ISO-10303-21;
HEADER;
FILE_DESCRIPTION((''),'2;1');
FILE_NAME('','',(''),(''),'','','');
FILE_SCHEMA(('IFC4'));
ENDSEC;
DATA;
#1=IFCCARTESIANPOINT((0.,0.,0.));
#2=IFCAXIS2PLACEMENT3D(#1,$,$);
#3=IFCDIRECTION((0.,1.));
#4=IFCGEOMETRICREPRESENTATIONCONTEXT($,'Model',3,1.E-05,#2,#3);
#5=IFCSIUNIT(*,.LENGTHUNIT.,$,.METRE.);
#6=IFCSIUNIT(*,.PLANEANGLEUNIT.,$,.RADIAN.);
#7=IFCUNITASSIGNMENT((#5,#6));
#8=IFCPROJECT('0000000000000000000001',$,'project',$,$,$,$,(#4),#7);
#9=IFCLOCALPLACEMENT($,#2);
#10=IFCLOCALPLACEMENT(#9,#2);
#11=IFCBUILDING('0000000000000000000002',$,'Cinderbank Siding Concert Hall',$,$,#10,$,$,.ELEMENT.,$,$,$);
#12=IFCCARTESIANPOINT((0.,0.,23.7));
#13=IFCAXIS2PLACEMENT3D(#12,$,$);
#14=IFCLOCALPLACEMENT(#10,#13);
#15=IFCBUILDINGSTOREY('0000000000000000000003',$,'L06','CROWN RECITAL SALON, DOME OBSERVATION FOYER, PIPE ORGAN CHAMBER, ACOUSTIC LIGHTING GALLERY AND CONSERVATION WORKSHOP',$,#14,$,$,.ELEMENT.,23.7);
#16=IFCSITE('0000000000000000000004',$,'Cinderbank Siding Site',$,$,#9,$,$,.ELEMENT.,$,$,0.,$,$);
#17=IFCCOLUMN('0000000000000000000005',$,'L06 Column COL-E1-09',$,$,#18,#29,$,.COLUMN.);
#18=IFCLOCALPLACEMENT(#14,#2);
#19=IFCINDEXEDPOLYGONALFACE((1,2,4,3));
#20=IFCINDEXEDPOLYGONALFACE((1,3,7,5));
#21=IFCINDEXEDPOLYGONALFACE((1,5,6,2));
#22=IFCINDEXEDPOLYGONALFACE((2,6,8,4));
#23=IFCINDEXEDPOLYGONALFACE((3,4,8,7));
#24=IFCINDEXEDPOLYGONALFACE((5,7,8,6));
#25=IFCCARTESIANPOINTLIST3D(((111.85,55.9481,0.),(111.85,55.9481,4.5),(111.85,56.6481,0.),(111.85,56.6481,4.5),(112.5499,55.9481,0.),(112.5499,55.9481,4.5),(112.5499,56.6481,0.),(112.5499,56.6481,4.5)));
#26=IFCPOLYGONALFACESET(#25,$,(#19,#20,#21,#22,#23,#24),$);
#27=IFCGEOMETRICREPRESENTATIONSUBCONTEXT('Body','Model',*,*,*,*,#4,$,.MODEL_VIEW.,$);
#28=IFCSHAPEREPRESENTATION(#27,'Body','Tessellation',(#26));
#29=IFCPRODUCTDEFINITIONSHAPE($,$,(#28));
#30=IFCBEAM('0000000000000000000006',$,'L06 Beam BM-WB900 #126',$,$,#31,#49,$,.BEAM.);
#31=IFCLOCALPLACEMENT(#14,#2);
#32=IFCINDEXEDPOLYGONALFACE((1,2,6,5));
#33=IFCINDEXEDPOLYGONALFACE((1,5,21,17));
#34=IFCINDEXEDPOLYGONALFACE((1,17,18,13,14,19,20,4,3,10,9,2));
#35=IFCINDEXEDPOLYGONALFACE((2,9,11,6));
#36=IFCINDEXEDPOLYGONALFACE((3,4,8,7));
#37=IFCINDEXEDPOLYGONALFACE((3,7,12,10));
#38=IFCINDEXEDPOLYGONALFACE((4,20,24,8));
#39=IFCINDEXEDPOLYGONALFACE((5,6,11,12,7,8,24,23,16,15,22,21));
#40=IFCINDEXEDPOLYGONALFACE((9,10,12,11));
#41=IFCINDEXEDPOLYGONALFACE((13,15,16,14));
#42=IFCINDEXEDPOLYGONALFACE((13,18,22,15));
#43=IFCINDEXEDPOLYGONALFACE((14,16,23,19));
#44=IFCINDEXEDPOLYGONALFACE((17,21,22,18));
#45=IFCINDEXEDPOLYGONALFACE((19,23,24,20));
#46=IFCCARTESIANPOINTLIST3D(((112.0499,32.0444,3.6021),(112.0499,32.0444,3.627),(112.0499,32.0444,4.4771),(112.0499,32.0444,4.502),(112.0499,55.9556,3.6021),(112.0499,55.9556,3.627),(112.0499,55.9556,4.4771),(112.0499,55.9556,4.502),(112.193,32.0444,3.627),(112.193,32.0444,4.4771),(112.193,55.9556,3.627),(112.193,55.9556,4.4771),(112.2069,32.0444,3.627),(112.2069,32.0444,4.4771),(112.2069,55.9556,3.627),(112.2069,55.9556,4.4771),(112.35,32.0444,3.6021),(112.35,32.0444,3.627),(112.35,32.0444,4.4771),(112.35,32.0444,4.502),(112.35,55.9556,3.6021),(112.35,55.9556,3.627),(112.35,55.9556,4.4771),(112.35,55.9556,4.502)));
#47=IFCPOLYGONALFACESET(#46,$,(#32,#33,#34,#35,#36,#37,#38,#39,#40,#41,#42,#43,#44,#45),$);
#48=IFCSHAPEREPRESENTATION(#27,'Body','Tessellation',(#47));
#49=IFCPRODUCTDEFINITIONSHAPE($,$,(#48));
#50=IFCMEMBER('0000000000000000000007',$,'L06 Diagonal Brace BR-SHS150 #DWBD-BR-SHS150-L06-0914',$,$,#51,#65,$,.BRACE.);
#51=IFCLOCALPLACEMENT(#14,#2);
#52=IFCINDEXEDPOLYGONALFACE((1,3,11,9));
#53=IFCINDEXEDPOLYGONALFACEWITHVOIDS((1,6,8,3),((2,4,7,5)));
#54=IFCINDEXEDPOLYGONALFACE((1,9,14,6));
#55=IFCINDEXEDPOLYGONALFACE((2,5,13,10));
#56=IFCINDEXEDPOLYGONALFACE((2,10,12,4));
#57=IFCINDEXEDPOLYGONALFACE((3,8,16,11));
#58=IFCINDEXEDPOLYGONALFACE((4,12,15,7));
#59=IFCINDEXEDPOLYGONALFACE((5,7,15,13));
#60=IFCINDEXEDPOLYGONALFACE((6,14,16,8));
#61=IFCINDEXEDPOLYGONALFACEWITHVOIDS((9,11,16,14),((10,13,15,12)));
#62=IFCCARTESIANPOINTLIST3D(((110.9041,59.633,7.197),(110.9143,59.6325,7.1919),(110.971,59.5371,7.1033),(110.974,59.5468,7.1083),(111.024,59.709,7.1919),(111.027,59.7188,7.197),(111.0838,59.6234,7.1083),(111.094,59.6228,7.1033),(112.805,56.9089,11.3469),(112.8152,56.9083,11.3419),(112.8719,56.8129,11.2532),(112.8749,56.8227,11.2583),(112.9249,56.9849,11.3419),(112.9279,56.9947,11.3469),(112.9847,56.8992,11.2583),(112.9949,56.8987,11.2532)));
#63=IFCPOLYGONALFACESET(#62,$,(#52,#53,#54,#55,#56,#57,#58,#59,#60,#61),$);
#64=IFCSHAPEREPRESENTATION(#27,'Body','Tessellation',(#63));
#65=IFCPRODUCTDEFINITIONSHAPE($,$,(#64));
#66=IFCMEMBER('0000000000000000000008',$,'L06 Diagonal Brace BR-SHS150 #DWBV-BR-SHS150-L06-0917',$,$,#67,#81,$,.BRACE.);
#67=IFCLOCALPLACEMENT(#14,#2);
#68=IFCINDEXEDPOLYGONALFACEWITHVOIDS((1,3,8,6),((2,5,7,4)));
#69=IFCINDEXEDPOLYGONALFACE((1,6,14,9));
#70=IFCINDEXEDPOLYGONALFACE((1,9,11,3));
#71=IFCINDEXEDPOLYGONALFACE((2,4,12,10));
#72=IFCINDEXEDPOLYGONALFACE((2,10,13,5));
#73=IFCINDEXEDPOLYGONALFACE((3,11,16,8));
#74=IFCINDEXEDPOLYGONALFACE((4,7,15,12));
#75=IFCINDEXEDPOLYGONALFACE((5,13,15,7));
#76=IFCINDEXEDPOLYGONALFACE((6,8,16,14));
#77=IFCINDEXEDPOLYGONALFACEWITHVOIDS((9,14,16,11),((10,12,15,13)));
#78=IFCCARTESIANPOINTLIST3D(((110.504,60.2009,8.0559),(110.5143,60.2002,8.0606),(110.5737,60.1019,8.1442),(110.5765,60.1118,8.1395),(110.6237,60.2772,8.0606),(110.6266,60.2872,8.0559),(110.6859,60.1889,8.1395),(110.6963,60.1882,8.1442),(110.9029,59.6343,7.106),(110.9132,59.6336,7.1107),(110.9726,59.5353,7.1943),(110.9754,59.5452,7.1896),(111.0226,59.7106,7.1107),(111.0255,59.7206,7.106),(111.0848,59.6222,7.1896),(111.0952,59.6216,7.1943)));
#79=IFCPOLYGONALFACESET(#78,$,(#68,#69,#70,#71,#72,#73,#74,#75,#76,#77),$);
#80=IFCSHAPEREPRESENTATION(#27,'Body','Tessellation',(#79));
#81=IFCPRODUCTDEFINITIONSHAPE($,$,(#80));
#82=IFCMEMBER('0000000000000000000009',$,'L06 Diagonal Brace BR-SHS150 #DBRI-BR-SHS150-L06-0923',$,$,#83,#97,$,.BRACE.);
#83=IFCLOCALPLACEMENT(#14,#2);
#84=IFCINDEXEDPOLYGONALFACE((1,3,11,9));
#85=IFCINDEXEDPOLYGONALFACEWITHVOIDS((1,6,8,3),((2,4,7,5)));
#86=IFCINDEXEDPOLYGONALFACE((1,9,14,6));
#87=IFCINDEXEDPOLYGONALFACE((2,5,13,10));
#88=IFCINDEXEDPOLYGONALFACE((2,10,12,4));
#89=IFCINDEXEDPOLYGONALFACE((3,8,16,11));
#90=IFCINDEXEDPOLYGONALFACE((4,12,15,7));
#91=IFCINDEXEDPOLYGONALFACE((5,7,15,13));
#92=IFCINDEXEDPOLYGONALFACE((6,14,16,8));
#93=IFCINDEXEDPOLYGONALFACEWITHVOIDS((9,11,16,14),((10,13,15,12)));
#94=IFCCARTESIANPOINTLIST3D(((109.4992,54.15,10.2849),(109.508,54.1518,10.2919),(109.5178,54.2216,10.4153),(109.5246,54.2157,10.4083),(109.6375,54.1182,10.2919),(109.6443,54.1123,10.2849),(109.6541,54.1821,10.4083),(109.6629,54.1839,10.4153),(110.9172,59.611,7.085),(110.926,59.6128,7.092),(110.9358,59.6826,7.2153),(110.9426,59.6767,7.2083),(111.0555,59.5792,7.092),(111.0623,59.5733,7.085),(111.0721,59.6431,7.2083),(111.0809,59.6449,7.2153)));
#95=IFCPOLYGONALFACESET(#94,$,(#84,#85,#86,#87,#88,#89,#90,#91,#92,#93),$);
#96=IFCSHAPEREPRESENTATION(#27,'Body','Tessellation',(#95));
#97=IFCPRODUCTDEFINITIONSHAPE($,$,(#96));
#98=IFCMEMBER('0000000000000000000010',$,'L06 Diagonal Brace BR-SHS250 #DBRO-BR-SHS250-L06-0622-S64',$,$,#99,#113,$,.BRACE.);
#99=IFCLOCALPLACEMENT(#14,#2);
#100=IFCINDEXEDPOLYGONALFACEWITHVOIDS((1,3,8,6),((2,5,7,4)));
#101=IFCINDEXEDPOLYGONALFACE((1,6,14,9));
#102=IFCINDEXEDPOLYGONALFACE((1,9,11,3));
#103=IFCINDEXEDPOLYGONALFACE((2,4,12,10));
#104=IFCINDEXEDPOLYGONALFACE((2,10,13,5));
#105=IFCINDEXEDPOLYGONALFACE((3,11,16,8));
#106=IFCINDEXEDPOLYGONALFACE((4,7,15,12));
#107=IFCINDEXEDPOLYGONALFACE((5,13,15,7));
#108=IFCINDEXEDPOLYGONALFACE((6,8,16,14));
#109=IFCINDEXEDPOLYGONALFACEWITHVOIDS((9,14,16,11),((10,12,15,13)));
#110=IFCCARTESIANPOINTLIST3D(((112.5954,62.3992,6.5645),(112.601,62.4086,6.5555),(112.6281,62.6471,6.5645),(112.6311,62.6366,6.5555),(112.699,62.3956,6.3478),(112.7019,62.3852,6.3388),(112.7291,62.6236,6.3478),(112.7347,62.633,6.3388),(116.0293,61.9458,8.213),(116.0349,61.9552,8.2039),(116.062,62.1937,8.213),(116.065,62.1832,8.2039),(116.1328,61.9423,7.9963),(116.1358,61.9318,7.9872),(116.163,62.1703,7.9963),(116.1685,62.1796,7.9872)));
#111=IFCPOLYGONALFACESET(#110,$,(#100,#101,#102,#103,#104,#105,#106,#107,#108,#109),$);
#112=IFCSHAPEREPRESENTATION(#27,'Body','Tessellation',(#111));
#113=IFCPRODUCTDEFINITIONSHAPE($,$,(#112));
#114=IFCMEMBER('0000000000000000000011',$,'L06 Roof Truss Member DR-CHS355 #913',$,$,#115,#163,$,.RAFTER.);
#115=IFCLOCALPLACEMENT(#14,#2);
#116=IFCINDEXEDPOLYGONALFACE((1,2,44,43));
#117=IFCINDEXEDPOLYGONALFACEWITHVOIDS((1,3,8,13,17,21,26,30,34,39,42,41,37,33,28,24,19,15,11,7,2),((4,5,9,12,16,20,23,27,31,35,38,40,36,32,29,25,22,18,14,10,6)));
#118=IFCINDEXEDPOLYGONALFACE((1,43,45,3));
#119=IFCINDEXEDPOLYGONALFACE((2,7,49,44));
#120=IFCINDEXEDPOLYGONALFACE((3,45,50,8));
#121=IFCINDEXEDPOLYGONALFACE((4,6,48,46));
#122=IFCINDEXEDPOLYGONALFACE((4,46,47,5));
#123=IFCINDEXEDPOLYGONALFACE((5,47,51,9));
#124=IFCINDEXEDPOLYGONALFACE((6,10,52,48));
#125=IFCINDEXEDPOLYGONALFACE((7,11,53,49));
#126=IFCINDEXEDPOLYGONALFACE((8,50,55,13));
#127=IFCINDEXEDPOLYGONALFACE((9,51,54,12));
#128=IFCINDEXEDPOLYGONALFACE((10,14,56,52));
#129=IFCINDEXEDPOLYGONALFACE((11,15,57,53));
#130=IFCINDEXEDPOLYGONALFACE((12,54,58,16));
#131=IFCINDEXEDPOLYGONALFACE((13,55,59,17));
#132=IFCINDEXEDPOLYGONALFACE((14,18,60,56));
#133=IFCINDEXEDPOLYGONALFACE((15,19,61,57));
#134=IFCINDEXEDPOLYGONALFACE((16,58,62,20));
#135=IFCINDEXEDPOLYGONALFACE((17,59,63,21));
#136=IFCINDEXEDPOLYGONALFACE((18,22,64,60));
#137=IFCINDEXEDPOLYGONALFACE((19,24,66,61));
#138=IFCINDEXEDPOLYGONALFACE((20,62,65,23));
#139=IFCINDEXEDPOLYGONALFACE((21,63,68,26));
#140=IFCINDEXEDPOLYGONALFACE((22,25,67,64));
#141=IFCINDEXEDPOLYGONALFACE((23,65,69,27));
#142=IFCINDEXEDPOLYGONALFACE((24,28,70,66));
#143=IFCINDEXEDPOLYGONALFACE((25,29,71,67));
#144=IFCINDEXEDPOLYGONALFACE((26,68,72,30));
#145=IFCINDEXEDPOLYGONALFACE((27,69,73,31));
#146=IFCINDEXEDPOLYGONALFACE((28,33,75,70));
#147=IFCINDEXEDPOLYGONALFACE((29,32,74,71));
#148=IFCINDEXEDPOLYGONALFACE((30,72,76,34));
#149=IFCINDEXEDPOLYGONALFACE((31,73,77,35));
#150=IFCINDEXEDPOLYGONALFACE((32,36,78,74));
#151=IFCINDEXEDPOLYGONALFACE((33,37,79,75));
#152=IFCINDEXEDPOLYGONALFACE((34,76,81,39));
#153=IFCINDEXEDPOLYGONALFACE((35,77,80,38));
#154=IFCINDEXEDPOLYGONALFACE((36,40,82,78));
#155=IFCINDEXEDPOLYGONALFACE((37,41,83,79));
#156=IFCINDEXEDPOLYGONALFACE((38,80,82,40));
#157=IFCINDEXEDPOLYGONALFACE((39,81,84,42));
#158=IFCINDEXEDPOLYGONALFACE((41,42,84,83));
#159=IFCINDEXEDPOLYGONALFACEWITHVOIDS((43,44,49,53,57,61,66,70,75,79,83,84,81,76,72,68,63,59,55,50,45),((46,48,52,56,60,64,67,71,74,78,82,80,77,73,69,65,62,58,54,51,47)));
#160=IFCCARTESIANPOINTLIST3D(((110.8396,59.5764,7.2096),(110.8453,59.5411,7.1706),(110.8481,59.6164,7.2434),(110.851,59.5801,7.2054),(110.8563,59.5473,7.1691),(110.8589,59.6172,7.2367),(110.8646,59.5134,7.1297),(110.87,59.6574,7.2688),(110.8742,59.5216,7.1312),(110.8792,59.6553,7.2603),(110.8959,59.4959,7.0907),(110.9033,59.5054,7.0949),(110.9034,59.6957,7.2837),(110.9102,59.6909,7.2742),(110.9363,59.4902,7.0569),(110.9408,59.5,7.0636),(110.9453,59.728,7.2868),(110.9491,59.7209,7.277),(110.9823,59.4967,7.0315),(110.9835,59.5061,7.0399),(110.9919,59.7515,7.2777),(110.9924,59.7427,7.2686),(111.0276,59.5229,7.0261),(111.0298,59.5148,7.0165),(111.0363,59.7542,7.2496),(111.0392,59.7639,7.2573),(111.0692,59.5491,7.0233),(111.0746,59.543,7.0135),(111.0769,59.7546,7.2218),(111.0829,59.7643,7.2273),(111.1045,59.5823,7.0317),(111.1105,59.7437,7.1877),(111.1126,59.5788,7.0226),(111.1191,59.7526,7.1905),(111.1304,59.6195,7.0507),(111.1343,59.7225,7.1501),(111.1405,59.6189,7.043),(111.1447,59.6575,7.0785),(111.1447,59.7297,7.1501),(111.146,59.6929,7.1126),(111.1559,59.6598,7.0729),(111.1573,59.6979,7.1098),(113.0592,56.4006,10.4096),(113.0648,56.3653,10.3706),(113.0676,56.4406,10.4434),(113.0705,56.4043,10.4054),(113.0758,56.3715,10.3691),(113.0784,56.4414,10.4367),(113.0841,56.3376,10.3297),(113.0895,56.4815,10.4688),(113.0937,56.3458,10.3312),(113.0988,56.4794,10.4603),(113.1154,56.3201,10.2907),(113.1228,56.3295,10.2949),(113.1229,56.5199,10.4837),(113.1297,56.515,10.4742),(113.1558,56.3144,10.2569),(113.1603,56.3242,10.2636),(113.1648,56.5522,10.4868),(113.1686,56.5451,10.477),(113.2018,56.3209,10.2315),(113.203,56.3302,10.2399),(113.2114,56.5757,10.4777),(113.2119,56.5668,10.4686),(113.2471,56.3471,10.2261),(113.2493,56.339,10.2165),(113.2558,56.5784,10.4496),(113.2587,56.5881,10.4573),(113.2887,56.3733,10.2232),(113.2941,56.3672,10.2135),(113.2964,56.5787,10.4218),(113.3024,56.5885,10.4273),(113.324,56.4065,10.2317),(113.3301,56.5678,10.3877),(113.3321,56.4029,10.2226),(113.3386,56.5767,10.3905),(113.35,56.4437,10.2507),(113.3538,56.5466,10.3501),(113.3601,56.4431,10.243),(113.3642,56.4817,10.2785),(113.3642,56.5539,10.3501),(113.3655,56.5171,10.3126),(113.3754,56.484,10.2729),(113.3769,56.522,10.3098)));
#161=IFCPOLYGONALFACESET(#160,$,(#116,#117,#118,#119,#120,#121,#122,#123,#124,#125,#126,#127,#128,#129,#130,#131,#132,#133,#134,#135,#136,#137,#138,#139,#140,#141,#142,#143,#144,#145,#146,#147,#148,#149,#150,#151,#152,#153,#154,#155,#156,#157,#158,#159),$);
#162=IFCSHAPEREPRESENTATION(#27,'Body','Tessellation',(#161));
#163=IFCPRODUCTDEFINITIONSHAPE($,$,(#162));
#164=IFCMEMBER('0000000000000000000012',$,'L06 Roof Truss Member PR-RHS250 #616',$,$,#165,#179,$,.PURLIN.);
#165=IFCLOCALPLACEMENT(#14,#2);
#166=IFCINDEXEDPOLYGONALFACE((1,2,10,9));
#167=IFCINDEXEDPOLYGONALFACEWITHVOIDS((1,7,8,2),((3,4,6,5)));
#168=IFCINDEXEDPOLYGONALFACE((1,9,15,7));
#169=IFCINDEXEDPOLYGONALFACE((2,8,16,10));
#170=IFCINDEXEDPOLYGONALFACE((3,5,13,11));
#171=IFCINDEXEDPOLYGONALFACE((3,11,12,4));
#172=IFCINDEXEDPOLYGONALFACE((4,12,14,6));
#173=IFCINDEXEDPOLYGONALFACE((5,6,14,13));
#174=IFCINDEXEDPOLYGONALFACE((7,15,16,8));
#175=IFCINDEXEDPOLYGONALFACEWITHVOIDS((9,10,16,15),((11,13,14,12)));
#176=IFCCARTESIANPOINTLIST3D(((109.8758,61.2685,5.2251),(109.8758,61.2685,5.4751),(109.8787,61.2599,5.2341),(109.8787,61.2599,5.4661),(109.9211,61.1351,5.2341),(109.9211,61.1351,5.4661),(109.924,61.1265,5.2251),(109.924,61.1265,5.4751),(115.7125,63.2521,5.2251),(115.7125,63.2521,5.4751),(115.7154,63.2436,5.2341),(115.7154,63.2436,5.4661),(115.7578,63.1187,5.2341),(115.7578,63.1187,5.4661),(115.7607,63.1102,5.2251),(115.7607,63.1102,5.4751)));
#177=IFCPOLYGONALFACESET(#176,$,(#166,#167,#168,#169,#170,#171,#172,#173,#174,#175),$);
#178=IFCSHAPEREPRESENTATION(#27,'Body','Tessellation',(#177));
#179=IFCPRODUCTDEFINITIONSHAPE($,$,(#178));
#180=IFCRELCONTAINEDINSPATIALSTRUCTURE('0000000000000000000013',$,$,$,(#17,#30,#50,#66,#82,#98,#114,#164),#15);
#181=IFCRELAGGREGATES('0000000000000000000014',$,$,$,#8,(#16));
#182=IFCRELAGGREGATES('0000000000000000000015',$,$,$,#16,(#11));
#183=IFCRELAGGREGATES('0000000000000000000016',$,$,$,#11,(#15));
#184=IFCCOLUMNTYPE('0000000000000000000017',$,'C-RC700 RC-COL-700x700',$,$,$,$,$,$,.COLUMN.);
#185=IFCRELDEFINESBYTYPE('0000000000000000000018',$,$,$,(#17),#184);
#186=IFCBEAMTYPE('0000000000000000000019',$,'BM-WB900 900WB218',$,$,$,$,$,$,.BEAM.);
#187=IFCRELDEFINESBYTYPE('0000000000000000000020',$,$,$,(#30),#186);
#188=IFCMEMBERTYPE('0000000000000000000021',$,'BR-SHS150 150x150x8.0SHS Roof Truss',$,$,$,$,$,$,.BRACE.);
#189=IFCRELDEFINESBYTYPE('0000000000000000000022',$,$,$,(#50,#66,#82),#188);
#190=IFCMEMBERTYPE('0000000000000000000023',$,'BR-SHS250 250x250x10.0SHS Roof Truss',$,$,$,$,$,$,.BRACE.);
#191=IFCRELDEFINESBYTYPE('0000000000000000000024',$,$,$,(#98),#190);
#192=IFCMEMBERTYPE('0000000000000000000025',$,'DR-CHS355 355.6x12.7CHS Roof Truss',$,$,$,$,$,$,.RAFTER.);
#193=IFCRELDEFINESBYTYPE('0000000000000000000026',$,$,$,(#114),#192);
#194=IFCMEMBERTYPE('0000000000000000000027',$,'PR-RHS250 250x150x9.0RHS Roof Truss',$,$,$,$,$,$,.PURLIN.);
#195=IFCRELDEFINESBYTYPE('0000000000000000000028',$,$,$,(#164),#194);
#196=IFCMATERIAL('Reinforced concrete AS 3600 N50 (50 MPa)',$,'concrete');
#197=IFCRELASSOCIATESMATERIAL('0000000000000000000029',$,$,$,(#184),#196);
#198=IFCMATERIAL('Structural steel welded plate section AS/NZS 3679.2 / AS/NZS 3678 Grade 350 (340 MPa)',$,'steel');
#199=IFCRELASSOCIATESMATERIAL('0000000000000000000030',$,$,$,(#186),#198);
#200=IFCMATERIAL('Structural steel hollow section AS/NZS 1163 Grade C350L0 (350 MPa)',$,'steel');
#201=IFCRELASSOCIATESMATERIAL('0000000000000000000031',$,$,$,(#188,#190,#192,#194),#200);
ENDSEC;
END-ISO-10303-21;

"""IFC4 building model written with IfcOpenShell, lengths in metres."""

from ifc_helpers import new_model, si_unit, direction, frame, origin, origin_2d, place, context, subcontext, project, spatial, rectangle, hollow_rectangle, hollow_circle, i_section, extrude, material, material_profile, profile_set, type_object, element, save


model = new_model("IFC4")

# Units and contexts
model_context = context("Model", 3, precision=1e-05, world=origin(), true_north=direction((0.0, 1.0)))
body_context = subcontext(model_context, "Body", "Model", "MODEL_VIEW")
ifc_project = project(units=[si_unit("LENGTHUNIT", "METRE"), si_unit("PLANEANGLEUNIT", "RADIAN")], contexts=[model_context])

# Site, building, storey
site_placement = place(None, origin())
site = spatial("IfcSite", under=ifc_project, at=site_placement, Name="Cinderbank Siding Site", CompositionType="ELEMENT", RefElevation=0.0)
building_placement = place(site_placement, origin())
building = spatial("IfcBuilding", under=site, at=building_placement, Name="Cinderbank Siding Concert Hall", CompositionType="ELEMENT")
storey_placement = place(building_placement, frame((0.0, 0.0, 23.7)))
storey = spatial("IfcBuildingStorey", under=building, at=storey_placement, Name="L06", Description="CROWN RECITAL SALON, DOME OBSERVATION FOYER, PIPE ORGAN CHAMBER, ACOUSTIC LIGHTING GALLERY AND CONSERVATION WORKSHOP", CompositionType="ELEMENT", Elevation=23.7)

# Column
ifc_material_1 = material(Name="Reinforced concrete AS 3600 N50 (50 MPa)", Category="concrete")
ifc_material_profile_1 = material_profile(ifc_material_1, rectangle(XDim=0.7, YDim=0.7, at=origin_2d()), Name="RC-COL-700x700", Category="LoadBearing")
ifc_profile_set_1 = profile_set([ifc_material_profile_1], Name="Reinforced concrete AS 3600 N50 (50 MPa)")
column_type = type_object("IfcColumnType", Name="C-RC700 RC-COL-700x700", PredefinedType="COLUMN", material=ifc_profile_set_1)
column_placement = place(storey_placement, frame((112.2, 56.2981, 0.0), z_axis=(0.0, 0.0, 1.0), x_axis=(1.0, 0.0, 0.0)))
element("IfcColumn", 1, at=column_placement, inside=storey, type_object=column_type, Name="L06 Column COL-E1-09", PredefinedType="COLUMN", context=body_context, shape_type="SweptSolid", body=[
    extrude(rectangle(XDim=0.7, YDim=0.7, at=origin_2d()), origin(), (0.0, 0.0, 1.0), 4.5),
])

# Beam
ifc_material_2 = material(Name="Structural steel welded plate section AS/NZS 3679.2 / AS/NZS 3678 Grade 350 (340 MPa)", Category="steel")
ifc_material_profile_2 = material_profile(ifc_material_2, i_section(OverallWidth=0.3, OverallDepth=0.8999, WebThickness=0.0139, FlangeThickness=0.0249, at=origin_2d()), Name="900WB218", Category="LoadBearing")
ifc_profile_set_2 = profile_set([ifc_material_profile_2], Name="Structural steel welded plate section AS/NZS 3679.2 / AS/NZS 3678 Grade 350 (340 MPa)")
beam_type = type_object("IfcBeamType", Name="BM-WB900 900WB218", PredefinedType="BEAM", material=ifc_profile_set_2)
beam_placement = place(storey_placement, frame((112.2, 55.9556, 4.052), z_axis=(0.0, -1.0, 0.0), x_axis=(1.0, 0.0, 0.0)))
element("IfcBeam", 2, at=beam_placement, inside=storey, type_object=beam_type, Name="L06 Beam BM-WB900 #126", PredefinedType="BEAM", context=body_context, shape_type="SweptSolid", body=[
    extrude(i_section(OverallWidth=0.3, OverallDepth=0.8999, WebThickness=0.0139, FlangeThickness=0.0249, at=origin_2d()), origin(), (0.0, 0.0, 1.0), 23.9111),
])

# Members
ifc_material_3 = material(Name="Structural steel hollow section AS/NZS 1163 Grade C350L0 (350 MPa)", Category="steel")
ifc_material_profile_3 = material_profile(ifc_material_3, hollow_rectangle(XDim=0.1499, YDim=0.1499, WallThickness=0.0081, at=origin_2d()), Name="150x150x8.0SHS", Category="LoadBearing")
ifc_profile_set_3 = profile_set([ifc_material_profile_3], Name="Structural steel hollow section AS/NZS 1163 Grade C350L0 (350 MPa)")
member_type_1 = type_object("IfcMemberType", Name="BR-SHS150 150x150x8.0SHS Roof Truss", PredefinedType="BRACE", material=ifc_profile_set_3)
member_1_placement = place(storey_placement, frame((110.999, 59.6279, 7.1501), z_axis=(0.357602, -0.512474, 0.780699), x_axis=(0.82008, 0.572248, 0.0)))
element("IfcMember", 3, at=member_1_placement, inside=storey, type_object=member_type_1, Name="L06 Diagonal Brace BR-SHS150 #DWBD-BR-SHS150-L06-0914", PredefinedType="BRACE", context=body_context, shape_type="SweptSolid", body=[
    extrude(hollow_rectangle(XDim=0.1499, YDim=0.1499, WallThickness=0.0081, at=origin_2d()), origin(), (0.0, 0.0, 1.0), 5.3157),
])
member_2_placement = place(storey_placement, frame((110.999, 59.6279, 7.1501), z_axis=(-0.339264, 0.481904, 0.807879), x_axis=(-0.81769, -0.575659, 0.0)))
element("IfcMember", 4, at=member_2_placement, inside=storey, type_object=member_type_1, Name="L06 Diagonal Brace BR-SHS150 #DWBV-BR-SHS150-L06-0917", PredefinedType="BRACE", context=body_context, shape_type="SweptSolid", body=[
    extrude(hollow_rectangle(XDim=0.1499, YDim=0.1499, WallThickness=0.0081, at=origin_2d()), origin(), (0.0, 0.0, 1.0), 1.1758),
])
member_3_placement = place(storey_placement, frame((110.999, 59.6279, 7.1501), z_axis=(-0.21861, -0.841918, 0.49334), x_axis=(0.967903, -0.251323, 0.0)))
element("IfcMember", 5, at=member_3_placement, inside=storey, type_object=member_type_1, Name="L06 Diagonal Brace BR-SHS150 #DBRI-BR-SHS150-L06-0923", PredefinedType="BRACE", context=body_context, shape_type="SweptSolid", body=[
    extrude(hollow_rectangle(XDim=0.1499, YDim=0.1499, WallThickness=0.0081, at=origin_2d()), origin(), (0.0, 0.0, 1.0), 6.4863),
])
ifc_material_profile_4 = material_profile(ifc_material_3, hollow_rectangle(XDim=0.25, YDim=0.25, WallThickness=0.01, at=origin_2d()), Name="250x250x10.0SHS", Category="LoadBearing")
ifc_profile_set_4 = profile_set([ifc_material_profile_4], Name="Structural steel hollow section AS/NZS 1163 Grade C350L0 (350 MPa)")
member_type_2 = type_object("IfcMemberType", Name="BR-SHS250 250x250x10.0SHS Roof Truss", PredefinedType="BRACE", material=ifc_profile_set_4)
member_4_placement = place(storey_placement, frame((112.665, 62.5161, 6.4517), z_axis=(0.895184, -0.118191, 0.429739), x_axis=(0.130894, 0.991396, 0.0)))
element("IfcMember", 6, at=member_4_placement, inside=storey, type_object=member_type_2, Name="L06 Diagonal Brace BR-SHS250 #DBRO-BR-SHS250-L06-0622-S64", PredefinedType="BRACE", context=body_context, shape_type="SweptSolid", body=[
    extrude(hollow_rectangle(XDim=0.25, YDim=0.25, WallThickness=0.01, at=origin_2d()), origin(), (0.0, 0.0, 1.0), 3.8359),
])
ifc_material_profile_5 = material_profile(ifc_material_3, hollow_circle(Radius=0.1777, WallThickness=0.0127, at=origin_2d()), Name="355.6x12.7CHS", Category="LoadBearing")
ifc_profile_set_5 = profile_set([ifc_material_profile_5], Name="Structural steel hollow section AS/NZS 1163 Grade C350L0 (350 MPa)")
member_type_3 = type_object("IfcMemberType", Name="DR-CHS355 355.6x12.7CHS Roof Truss", PredefinedType="RAFTER", material=ifc_profile_set_5)
member_5_placement = place(storey_placement, frame((110.999, 59.6279, 7.1501), z_axis=(0.441681, -0.631987, 0.636797), x_axis=(0.819664, 0.572845, 0.0)))
element("IfcMember", 7, at=member_5_placement, inside=storey, type_object=member_type_3, Name="L06 Roof Truss Member DR-CHS355 #913", PredefinedType="RAFTER", context=body_context, shape_type="SweptSolid", body=[
    extrude(hollow_circle(Radius=0.1777, WallThickness=0.0127, at=origin_2d()), origin(), (0.0, 0.0, 1.0), 5.0251),
])
ifc_material_profile_6 = material_profile(ifc_material_3, hollow_rectangle(XDim=0.1499, YDim=0.25, WallThickness=0.009, at=origin_2d()), Name="250x150x9.0RHS", Category="LoadBearing")
ifc_profile_set_6 = profile_set([ifc_material_profile_6], Name="Structural steel hollow section AS/NZS 1163 Grade C350L0 (350 MPa)")
member_type_4 = type_object("IfcMemberType", Name="PR-RHS250 250x150x9.0RHS Roof Truss", PredefinedType="PURLIN", material=ifc_profile_set_6)
member_6_placement = place(storey_placement, frame((115.7366, 63.1812, 5.3501), z_axis=(-0.946814, -0.321783, 0.0), x_axis=(0.321783, -0.946814, 0.0)))
element("IfcMember", 8, at=member_6_placement, inside=storey, type_object=member_type_4, Name="L06 Roof Truss Member PR-RHS250 #616", PredefinedType="PURLIN", context=body_context, shape_type="SweptSolid", body=[
    extrude(hollow_rectangle(XDim=0.1499, YDim=0.25, WallThickness=0.009, at=origin_2d()), origin(), (0.0, 0.0, 1.0), 6.1646),
])

save(model, "model.ifc")
